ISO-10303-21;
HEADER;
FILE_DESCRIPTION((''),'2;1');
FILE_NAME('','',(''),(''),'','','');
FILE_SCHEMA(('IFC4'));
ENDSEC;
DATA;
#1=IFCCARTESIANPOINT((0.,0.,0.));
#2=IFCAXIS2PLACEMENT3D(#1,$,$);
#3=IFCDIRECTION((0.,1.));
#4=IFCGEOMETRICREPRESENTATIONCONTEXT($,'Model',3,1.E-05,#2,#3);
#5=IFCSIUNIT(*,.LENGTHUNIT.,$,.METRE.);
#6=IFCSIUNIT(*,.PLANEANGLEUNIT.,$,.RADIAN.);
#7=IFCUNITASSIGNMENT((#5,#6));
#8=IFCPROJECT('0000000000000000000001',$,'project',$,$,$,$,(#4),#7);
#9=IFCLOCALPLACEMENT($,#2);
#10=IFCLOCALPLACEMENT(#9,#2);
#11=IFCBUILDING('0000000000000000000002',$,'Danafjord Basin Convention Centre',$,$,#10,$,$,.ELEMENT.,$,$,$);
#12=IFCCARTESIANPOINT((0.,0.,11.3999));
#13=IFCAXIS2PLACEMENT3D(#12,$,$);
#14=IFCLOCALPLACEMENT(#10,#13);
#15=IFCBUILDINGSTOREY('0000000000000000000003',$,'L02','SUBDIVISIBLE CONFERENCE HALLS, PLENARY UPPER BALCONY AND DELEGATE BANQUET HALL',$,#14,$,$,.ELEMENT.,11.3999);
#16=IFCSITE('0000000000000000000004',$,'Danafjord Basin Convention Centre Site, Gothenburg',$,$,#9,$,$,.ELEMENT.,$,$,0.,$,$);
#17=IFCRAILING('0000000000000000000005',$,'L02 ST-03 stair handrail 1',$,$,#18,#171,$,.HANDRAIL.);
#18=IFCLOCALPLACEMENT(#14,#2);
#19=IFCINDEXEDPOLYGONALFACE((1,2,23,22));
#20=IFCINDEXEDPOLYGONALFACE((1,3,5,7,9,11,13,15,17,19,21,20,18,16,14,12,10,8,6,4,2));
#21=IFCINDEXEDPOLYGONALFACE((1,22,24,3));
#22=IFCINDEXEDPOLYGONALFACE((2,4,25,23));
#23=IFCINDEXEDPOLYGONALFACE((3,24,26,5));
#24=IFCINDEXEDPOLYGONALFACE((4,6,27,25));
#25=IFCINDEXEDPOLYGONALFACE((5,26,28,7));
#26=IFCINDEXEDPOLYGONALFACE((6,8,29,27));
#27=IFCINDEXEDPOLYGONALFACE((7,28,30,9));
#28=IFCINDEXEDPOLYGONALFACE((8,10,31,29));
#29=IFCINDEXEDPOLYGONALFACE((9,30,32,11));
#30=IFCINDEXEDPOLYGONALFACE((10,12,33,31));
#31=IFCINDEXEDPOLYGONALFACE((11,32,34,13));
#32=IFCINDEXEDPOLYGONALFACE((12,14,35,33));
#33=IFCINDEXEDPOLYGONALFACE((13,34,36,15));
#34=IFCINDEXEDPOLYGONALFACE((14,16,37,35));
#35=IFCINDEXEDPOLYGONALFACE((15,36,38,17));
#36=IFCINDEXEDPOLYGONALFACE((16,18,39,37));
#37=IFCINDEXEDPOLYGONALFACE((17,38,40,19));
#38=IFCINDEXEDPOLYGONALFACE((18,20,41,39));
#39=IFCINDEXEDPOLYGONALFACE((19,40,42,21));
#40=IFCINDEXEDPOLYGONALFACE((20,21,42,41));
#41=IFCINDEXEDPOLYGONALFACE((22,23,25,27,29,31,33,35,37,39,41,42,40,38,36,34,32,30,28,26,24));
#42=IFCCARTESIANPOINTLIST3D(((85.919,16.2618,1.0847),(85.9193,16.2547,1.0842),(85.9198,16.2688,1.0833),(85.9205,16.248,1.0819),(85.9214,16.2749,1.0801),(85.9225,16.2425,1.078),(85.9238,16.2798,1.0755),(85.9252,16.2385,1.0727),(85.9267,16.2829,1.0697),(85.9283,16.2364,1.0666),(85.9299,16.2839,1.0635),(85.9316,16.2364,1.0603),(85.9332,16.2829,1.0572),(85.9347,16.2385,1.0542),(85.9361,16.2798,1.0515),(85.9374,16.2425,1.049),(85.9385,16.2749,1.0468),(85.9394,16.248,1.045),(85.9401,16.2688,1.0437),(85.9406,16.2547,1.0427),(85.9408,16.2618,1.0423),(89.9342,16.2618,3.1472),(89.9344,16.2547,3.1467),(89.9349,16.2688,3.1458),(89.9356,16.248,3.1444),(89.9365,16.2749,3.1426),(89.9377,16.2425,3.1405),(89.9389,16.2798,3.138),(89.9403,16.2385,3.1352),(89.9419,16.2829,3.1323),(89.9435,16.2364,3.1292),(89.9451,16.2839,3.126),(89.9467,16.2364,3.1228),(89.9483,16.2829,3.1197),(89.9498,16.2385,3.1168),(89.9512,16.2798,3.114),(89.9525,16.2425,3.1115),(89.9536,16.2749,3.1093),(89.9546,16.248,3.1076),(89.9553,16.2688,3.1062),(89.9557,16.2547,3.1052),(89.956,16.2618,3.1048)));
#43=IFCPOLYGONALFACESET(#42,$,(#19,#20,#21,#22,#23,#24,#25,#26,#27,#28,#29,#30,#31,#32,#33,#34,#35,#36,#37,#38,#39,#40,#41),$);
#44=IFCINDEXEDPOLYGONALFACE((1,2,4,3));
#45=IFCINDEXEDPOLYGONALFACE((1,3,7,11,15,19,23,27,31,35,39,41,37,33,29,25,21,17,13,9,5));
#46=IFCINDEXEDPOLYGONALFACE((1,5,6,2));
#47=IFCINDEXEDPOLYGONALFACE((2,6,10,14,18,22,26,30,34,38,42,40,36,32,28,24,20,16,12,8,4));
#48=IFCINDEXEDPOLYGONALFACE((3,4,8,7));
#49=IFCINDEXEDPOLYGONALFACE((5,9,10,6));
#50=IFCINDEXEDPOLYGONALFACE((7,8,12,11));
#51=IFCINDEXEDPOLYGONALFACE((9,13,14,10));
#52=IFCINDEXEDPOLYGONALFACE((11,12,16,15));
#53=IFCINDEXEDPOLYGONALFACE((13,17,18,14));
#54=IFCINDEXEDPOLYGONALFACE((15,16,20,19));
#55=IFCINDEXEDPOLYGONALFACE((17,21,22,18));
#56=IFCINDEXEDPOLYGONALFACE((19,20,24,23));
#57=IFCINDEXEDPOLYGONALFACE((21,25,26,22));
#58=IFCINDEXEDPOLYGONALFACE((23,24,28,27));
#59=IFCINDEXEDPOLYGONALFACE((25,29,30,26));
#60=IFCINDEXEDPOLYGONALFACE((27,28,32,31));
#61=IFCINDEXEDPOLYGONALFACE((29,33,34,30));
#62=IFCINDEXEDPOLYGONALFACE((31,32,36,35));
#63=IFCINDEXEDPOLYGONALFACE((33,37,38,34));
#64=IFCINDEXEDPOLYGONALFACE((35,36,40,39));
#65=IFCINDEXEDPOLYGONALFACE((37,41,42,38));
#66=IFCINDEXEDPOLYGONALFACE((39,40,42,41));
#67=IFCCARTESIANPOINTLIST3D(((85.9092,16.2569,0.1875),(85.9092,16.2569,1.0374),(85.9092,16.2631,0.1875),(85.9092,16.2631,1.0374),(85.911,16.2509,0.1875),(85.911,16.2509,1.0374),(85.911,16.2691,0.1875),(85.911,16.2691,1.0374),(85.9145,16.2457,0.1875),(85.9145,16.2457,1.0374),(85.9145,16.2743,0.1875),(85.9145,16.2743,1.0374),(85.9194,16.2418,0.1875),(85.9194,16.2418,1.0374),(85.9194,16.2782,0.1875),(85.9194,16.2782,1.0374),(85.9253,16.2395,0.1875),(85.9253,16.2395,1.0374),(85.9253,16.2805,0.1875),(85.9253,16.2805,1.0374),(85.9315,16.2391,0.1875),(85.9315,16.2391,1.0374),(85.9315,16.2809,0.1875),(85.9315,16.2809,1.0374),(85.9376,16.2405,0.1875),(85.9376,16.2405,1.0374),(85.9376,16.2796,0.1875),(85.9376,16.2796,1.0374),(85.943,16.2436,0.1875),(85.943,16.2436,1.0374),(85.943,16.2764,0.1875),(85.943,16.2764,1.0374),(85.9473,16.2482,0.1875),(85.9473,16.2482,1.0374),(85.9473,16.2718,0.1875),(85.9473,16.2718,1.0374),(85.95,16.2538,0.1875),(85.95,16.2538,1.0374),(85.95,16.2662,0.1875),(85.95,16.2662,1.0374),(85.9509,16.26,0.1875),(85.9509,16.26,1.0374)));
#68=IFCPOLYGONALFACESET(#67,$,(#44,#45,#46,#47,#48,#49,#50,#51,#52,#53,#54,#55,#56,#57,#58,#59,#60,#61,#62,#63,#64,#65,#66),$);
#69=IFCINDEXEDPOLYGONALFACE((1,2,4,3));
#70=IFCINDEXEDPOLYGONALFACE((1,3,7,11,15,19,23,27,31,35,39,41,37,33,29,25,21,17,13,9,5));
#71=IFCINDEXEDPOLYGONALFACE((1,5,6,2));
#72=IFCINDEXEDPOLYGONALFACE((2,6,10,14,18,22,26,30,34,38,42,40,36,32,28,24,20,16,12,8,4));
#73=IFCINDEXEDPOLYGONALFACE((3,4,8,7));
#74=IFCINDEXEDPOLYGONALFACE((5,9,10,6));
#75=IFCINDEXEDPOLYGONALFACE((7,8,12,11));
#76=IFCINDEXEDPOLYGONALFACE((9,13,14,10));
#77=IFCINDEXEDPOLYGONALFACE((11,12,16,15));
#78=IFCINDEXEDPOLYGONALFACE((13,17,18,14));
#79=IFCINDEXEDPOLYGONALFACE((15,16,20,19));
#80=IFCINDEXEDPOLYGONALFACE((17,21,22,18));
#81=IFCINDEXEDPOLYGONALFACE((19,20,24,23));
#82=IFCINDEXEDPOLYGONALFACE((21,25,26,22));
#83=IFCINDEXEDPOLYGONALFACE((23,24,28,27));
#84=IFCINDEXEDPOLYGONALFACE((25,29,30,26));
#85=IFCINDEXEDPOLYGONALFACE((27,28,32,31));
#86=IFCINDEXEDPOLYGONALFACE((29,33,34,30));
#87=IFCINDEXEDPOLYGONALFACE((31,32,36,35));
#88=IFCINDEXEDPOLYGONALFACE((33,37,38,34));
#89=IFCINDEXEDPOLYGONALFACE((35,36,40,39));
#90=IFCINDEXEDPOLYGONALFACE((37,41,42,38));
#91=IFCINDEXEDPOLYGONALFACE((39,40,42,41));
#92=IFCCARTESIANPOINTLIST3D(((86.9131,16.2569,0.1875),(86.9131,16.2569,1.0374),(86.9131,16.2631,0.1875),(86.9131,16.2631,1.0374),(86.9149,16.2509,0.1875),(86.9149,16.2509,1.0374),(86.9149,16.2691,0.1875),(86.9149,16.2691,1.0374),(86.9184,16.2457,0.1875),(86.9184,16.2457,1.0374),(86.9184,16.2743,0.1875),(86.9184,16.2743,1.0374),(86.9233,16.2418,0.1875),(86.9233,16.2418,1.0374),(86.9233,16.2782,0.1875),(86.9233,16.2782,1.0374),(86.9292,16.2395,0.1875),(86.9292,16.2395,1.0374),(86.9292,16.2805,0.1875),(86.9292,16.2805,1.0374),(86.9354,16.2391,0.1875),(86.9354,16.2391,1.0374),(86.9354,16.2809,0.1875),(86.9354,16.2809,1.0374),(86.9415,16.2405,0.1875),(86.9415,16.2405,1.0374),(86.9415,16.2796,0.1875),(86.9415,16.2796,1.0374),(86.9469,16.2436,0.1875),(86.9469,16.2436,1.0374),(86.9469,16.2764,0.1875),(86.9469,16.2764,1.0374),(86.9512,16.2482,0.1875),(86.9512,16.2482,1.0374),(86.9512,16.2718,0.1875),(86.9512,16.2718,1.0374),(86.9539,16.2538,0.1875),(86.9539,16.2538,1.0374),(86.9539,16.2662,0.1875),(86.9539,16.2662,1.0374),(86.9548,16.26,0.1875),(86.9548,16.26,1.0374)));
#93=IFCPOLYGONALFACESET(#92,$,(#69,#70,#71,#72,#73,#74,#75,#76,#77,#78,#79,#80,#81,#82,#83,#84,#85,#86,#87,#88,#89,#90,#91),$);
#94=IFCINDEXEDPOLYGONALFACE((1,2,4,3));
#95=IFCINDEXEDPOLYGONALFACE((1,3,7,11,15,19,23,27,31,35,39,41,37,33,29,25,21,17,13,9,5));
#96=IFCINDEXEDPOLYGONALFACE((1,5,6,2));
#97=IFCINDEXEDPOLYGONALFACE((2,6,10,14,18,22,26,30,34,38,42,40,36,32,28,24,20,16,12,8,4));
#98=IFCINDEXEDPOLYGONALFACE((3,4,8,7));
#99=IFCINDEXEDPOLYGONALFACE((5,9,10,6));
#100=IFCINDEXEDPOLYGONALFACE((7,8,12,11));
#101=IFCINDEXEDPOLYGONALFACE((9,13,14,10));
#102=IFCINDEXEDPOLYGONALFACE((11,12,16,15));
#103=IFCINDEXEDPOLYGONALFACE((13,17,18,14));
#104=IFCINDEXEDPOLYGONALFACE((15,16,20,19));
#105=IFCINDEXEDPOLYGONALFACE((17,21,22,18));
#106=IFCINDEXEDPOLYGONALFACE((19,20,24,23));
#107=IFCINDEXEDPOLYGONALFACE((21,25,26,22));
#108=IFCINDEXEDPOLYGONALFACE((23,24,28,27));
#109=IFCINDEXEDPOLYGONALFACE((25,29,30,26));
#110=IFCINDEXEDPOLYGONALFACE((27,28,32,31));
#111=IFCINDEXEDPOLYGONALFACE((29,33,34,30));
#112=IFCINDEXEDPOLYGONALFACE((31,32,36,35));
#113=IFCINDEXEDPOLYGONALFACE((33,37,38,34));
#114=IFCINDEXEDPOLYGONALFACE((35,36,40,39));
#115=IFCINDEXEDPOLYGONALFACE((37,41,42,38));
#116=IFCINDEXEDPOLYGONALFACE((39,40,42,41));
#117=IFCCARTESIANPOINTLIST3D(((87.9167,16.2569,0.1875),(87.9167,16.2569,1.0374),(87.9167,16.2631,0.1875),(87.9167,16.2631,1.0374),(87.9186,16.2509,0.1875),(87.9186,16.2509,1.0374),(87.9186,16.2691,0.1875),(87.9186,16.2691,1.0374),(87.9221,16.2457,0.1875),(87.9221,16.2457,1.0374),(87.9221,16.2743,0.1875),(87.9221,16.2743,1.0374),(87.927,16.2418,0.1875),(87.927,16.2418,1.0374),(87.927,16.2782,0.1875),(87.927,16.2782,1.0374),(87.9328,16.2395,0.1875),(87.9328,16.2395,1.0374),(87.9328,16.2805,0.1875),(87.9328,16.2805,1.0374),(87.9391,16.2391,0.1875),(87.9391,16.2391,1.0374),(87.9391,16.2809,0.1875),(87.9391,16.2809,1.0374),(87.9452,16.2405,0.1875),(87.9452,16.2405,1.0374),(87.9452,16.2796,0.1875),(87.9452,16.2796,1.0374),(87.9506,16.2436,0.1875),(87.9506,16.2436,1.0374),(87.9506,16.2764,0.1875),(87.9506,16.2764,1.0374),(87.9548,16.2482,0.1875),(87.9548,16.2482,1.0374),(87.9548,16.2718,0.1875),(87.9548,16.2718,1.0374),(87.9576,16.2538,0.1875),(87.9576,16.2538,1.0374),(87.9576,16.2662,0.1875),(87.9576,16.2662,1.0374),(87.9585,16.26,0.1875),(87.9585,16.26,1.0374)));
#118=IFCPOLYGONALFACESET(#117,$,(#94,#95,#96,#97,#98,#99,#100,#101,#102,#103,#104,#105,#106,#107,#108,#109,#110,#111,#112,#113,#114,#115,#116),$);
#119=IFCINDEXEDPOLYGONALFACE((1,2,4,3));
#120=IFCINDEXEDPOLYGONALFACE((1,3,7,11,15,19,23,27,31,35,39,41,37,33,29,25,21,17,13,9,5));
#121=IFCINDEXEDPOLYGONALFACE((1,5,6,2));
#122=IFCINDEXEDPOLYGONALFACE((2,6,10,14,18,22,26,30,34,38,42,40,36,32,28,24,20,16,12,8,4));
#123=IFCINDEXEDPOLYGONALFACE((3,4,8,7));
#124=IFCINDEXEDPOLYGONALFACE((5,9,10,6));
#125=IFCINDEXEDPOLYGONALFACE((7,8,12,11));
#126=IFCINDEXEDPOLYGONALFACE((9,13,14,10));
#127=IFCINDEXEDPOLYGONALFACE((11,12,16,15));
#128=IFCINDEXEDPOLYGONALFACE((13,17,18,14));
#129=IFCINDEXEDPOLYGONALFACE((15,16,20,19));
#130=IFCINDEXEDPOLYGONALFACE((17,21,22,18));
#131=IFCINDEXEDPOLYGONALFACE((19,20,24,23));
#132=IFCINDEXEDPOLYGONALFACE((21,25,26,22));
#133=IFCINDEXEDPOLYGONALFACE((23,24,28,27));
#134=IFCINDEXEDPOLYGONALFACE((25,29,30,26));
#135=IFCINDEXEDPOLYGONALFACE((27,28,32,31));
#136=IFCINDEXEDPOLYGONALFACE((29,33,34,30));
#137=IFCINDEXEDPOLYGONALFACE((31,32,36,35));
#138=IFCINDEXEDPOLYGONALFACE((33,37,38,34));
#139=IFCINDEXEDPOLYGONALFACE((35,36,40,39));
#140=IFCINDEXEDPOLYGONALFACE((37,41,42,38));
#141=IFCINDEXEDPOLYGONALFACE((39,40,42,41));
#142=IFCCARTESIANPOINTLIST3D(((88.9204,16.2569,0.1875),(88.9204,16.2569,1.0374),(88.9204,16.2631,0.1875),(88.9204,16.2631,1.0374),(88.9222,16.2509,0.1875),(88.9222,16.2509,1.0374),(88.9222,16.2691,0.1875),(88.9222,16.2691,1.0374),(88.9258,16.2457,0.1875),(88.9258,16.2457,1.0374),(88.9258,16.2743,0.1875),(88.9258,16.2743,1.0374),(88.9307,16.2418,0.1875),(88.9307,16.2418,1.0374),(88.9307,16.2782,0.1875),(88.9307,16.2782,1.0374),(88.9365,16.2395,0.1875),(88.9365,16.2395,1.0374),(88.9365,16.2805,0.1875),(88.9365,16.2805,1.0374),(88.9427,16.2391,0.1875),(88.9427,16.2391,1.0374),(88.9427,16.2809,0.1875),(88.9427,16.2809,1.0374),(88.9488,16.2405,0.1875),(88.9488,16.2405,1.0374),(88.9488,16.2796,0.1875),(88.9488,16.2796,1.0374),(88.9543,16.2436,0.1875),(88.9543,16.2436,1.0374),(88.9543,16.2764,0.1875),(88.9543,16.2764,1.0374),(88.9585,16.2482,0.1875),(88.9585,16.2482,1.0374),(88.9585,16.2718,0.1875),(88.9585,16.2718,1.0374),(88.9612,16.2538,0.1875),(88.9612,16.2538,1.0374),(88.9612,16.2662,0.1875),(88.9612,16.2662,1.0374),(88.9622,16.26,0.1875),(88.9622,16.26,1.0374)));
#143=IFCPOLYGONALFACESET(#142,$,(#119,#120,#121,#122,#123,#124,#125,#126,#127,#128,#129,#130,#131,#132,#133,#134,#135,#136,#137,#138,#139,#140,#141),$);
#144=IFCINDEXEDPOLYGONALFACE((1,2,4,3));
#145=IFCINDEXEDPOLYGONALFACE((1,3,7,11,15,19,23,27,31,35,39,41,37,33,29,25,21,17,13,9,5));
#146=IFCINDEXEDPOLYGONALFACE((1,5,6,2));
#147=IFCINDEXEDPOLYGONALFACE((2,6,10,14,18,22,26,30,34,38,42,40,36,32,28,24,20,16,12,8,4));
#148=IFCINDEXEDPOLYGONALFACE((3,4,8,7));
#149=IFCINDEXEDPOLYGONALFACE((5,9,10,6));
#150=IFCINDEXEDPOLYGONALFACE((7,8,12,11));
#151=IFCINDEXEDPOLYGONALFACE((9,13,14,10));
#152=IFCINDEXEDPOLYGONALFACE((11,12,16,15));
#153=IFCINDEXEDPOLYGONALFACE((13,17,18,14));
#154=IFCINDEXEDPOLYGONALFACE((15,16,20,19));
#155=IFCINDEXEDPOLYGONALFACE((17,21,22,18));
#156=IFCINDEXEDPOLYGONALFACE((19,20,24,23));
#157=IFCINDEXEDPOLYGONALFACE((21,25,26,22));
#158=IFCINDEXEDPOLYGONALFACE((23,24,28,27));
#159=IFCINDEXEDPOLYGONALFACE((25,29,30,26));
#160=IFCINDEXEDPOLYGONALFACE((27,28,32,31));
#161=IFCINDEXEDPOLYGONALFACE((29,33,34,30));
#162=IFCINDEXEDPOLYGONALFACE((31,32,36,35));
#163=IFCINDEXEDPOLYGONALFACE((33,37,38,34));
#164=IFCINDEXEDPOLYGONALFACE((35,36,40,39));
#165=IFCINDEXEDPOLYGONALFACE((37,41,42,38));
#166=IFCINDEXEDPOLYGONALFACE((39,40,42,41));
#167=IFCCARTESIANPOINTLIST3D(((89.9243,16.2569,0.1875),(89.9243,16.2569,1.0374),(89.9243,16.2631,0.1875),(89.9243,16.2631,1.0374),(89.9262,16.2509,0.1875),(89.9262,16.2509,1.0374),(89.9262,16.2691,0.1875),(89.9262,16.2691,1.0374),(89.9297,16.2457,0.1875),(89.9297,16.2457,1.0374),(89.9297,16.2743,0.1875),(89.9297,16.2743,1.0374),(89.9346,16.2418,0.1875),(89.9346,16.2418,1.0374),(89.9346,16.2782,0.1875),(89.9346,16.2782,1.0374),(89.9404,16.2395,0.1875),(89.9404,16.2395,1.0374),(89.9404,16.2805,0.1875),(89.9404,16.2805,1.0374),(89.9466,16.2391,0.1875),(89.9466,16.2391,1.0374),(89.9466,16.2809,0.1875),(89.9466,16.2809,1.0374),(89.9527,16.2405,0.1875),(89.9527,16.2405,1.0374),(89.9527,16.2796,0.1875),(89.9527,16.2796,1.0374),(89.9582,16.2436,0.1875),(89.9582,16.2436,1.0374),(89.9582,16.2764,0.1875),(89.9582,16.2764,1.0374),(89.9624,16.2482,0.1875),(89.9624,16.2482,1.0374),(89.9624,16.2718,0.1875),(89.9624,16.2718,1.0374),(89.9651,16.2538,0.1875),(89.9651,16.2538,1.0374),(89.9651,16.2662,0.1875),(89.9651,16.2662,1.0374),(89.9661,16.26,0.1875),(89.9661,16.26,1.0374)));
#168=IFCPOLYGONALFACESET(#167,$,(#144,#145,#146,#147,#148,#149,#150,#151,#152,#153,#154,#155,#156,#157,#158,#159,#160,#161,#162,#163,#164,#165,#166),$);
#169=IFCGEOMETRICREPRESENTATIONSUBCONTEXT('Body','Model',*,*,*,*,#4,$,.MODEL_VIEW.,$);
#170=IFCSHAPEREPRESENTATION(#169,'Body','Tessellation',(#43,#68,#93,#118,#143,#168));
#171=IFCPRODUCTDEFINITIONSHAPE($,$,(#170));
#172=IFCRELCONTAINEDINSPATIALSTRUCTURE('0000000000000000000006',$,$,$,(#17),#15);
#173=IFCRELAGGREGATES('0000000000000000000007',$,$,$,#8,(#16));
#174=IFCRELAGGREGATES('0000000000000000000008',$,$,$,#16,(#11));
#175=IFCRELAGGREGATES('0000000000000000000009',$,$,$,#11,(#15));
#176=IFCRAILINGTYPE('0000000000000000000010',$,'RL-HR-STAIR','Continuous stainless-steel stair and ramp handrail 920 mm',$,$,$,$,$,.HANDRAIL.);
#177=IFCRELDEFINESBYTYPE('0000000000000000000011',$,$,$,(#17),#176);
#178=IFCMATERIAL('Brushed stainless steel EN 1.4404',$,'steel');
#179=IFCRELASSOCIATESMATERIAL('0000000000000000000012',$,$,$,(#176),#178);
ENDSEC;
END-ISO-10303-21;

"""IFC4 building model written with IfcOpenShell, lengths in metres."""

from ifc_helpers import new_model, si_unit, direction, frame, origin, origin_2d, place, context, subcontext, project, spatial, circle, extrude, material, type_object, element, save


model = new_model("IFC4")

# Units and contexts
model_context = context("Model", 3, precision=1e-05, world=origin(), true_north=direction((0.0, 1.0)))
body_context = subcontext(model_context, "Body", "Model", "MODEL_VIEW")
ifc_project = project(units=[si_unit("LENGTHUNIT", "METRE"), si_unit("PLANEANGLEUNIT", "RADIAN")], contexts=[model_context])

# Site, building, storey
site_placement = place(None, origin())
site = spatial("IfcSite", under=ifc_project, at=site_placement, Name="Danafjord Basin Convention Centre Site, Gothenburg", CompositionType="ELEMENT", RefElevation=0.0)
building_placement = place(site_placement, origin())
building = spatial("IfcBuilding", under=site, at=building_placement, Name="Danafjord Basin Convention Centre", CompositionType="ELEMENT")
storey_placement = place(building_placement, frame((0.0, 0.0, 11.3999)))
storey = spatial("IfcBuildingStorey", under=building, at=storey_placement, Name="L02", Description="SUBDIVISIBLE CONFERENCE HALLS, PLENARY UPPER BALCONY AND DELEGATE BANQUET HALL", CompositionType="ELEMENT", Elevation=11.3999)

# Railing
ifc_material_1 = material(Name="Brushed stainless steel EN 1.4404", Category="steel")
railing_type_1 = type_object("IfcRailingType", Name="RL-HR-STAIR", Description="Continuous stainless-steel stair and ramp handrail 920 mm", PredefinedType="HANDRAIL", material=ifc_material_1)
railing_1_placement = place(storey_placement, frame((85.9299, 16.26, 0.1875)))
element("IfcRailing", 1, at=railing_1_placement, inside=storey, type_object=railing_type_1, Name="L02 ST-03 stair handrail 1", PredefinedType="HANDRAIL", context=body_context, shape_type="SweptSolid", body=[
    extrude(circle(Radius=0.0239, at=origin_2d()), frame((0.0, 0.0, 0.876), z_axis=(0.889506, 0.0, 0.456923), x_axis=(0.0, 1.0, 0.0)), (0.0, 0.0, 1.0), 4.5139),
    extrude(circle(Radius=0.021, at=origin_2d()), origin(), (0.0, 0.0, 1.0), 0.8499),
    extrude(circle(Radius=0.021, at=origin_2d()), frame((1.0039, 0.0, 0.0)), (0.0, 0.0, 1.0), 0.8499),
    extrude(circle(Radius=0.021, at=origin_2d()), frame((2.0076, 0.0, 0.0)), (0.0, 0.0, 1.0), 0.8499),
    extrude(circle(Radius=0.021, at=origin_2d()), frame((3.0112, 0.0, 0.0)), (0.0, 0.0, 1.0), 0.8499),
    extrude(circle(Radius=0.021, at=origin_2d()), frame((4.0151, 0.0, 0.0)), (0.0, 0.0, 1.0), 0.8499),
])

save(model, "model.ifc")
